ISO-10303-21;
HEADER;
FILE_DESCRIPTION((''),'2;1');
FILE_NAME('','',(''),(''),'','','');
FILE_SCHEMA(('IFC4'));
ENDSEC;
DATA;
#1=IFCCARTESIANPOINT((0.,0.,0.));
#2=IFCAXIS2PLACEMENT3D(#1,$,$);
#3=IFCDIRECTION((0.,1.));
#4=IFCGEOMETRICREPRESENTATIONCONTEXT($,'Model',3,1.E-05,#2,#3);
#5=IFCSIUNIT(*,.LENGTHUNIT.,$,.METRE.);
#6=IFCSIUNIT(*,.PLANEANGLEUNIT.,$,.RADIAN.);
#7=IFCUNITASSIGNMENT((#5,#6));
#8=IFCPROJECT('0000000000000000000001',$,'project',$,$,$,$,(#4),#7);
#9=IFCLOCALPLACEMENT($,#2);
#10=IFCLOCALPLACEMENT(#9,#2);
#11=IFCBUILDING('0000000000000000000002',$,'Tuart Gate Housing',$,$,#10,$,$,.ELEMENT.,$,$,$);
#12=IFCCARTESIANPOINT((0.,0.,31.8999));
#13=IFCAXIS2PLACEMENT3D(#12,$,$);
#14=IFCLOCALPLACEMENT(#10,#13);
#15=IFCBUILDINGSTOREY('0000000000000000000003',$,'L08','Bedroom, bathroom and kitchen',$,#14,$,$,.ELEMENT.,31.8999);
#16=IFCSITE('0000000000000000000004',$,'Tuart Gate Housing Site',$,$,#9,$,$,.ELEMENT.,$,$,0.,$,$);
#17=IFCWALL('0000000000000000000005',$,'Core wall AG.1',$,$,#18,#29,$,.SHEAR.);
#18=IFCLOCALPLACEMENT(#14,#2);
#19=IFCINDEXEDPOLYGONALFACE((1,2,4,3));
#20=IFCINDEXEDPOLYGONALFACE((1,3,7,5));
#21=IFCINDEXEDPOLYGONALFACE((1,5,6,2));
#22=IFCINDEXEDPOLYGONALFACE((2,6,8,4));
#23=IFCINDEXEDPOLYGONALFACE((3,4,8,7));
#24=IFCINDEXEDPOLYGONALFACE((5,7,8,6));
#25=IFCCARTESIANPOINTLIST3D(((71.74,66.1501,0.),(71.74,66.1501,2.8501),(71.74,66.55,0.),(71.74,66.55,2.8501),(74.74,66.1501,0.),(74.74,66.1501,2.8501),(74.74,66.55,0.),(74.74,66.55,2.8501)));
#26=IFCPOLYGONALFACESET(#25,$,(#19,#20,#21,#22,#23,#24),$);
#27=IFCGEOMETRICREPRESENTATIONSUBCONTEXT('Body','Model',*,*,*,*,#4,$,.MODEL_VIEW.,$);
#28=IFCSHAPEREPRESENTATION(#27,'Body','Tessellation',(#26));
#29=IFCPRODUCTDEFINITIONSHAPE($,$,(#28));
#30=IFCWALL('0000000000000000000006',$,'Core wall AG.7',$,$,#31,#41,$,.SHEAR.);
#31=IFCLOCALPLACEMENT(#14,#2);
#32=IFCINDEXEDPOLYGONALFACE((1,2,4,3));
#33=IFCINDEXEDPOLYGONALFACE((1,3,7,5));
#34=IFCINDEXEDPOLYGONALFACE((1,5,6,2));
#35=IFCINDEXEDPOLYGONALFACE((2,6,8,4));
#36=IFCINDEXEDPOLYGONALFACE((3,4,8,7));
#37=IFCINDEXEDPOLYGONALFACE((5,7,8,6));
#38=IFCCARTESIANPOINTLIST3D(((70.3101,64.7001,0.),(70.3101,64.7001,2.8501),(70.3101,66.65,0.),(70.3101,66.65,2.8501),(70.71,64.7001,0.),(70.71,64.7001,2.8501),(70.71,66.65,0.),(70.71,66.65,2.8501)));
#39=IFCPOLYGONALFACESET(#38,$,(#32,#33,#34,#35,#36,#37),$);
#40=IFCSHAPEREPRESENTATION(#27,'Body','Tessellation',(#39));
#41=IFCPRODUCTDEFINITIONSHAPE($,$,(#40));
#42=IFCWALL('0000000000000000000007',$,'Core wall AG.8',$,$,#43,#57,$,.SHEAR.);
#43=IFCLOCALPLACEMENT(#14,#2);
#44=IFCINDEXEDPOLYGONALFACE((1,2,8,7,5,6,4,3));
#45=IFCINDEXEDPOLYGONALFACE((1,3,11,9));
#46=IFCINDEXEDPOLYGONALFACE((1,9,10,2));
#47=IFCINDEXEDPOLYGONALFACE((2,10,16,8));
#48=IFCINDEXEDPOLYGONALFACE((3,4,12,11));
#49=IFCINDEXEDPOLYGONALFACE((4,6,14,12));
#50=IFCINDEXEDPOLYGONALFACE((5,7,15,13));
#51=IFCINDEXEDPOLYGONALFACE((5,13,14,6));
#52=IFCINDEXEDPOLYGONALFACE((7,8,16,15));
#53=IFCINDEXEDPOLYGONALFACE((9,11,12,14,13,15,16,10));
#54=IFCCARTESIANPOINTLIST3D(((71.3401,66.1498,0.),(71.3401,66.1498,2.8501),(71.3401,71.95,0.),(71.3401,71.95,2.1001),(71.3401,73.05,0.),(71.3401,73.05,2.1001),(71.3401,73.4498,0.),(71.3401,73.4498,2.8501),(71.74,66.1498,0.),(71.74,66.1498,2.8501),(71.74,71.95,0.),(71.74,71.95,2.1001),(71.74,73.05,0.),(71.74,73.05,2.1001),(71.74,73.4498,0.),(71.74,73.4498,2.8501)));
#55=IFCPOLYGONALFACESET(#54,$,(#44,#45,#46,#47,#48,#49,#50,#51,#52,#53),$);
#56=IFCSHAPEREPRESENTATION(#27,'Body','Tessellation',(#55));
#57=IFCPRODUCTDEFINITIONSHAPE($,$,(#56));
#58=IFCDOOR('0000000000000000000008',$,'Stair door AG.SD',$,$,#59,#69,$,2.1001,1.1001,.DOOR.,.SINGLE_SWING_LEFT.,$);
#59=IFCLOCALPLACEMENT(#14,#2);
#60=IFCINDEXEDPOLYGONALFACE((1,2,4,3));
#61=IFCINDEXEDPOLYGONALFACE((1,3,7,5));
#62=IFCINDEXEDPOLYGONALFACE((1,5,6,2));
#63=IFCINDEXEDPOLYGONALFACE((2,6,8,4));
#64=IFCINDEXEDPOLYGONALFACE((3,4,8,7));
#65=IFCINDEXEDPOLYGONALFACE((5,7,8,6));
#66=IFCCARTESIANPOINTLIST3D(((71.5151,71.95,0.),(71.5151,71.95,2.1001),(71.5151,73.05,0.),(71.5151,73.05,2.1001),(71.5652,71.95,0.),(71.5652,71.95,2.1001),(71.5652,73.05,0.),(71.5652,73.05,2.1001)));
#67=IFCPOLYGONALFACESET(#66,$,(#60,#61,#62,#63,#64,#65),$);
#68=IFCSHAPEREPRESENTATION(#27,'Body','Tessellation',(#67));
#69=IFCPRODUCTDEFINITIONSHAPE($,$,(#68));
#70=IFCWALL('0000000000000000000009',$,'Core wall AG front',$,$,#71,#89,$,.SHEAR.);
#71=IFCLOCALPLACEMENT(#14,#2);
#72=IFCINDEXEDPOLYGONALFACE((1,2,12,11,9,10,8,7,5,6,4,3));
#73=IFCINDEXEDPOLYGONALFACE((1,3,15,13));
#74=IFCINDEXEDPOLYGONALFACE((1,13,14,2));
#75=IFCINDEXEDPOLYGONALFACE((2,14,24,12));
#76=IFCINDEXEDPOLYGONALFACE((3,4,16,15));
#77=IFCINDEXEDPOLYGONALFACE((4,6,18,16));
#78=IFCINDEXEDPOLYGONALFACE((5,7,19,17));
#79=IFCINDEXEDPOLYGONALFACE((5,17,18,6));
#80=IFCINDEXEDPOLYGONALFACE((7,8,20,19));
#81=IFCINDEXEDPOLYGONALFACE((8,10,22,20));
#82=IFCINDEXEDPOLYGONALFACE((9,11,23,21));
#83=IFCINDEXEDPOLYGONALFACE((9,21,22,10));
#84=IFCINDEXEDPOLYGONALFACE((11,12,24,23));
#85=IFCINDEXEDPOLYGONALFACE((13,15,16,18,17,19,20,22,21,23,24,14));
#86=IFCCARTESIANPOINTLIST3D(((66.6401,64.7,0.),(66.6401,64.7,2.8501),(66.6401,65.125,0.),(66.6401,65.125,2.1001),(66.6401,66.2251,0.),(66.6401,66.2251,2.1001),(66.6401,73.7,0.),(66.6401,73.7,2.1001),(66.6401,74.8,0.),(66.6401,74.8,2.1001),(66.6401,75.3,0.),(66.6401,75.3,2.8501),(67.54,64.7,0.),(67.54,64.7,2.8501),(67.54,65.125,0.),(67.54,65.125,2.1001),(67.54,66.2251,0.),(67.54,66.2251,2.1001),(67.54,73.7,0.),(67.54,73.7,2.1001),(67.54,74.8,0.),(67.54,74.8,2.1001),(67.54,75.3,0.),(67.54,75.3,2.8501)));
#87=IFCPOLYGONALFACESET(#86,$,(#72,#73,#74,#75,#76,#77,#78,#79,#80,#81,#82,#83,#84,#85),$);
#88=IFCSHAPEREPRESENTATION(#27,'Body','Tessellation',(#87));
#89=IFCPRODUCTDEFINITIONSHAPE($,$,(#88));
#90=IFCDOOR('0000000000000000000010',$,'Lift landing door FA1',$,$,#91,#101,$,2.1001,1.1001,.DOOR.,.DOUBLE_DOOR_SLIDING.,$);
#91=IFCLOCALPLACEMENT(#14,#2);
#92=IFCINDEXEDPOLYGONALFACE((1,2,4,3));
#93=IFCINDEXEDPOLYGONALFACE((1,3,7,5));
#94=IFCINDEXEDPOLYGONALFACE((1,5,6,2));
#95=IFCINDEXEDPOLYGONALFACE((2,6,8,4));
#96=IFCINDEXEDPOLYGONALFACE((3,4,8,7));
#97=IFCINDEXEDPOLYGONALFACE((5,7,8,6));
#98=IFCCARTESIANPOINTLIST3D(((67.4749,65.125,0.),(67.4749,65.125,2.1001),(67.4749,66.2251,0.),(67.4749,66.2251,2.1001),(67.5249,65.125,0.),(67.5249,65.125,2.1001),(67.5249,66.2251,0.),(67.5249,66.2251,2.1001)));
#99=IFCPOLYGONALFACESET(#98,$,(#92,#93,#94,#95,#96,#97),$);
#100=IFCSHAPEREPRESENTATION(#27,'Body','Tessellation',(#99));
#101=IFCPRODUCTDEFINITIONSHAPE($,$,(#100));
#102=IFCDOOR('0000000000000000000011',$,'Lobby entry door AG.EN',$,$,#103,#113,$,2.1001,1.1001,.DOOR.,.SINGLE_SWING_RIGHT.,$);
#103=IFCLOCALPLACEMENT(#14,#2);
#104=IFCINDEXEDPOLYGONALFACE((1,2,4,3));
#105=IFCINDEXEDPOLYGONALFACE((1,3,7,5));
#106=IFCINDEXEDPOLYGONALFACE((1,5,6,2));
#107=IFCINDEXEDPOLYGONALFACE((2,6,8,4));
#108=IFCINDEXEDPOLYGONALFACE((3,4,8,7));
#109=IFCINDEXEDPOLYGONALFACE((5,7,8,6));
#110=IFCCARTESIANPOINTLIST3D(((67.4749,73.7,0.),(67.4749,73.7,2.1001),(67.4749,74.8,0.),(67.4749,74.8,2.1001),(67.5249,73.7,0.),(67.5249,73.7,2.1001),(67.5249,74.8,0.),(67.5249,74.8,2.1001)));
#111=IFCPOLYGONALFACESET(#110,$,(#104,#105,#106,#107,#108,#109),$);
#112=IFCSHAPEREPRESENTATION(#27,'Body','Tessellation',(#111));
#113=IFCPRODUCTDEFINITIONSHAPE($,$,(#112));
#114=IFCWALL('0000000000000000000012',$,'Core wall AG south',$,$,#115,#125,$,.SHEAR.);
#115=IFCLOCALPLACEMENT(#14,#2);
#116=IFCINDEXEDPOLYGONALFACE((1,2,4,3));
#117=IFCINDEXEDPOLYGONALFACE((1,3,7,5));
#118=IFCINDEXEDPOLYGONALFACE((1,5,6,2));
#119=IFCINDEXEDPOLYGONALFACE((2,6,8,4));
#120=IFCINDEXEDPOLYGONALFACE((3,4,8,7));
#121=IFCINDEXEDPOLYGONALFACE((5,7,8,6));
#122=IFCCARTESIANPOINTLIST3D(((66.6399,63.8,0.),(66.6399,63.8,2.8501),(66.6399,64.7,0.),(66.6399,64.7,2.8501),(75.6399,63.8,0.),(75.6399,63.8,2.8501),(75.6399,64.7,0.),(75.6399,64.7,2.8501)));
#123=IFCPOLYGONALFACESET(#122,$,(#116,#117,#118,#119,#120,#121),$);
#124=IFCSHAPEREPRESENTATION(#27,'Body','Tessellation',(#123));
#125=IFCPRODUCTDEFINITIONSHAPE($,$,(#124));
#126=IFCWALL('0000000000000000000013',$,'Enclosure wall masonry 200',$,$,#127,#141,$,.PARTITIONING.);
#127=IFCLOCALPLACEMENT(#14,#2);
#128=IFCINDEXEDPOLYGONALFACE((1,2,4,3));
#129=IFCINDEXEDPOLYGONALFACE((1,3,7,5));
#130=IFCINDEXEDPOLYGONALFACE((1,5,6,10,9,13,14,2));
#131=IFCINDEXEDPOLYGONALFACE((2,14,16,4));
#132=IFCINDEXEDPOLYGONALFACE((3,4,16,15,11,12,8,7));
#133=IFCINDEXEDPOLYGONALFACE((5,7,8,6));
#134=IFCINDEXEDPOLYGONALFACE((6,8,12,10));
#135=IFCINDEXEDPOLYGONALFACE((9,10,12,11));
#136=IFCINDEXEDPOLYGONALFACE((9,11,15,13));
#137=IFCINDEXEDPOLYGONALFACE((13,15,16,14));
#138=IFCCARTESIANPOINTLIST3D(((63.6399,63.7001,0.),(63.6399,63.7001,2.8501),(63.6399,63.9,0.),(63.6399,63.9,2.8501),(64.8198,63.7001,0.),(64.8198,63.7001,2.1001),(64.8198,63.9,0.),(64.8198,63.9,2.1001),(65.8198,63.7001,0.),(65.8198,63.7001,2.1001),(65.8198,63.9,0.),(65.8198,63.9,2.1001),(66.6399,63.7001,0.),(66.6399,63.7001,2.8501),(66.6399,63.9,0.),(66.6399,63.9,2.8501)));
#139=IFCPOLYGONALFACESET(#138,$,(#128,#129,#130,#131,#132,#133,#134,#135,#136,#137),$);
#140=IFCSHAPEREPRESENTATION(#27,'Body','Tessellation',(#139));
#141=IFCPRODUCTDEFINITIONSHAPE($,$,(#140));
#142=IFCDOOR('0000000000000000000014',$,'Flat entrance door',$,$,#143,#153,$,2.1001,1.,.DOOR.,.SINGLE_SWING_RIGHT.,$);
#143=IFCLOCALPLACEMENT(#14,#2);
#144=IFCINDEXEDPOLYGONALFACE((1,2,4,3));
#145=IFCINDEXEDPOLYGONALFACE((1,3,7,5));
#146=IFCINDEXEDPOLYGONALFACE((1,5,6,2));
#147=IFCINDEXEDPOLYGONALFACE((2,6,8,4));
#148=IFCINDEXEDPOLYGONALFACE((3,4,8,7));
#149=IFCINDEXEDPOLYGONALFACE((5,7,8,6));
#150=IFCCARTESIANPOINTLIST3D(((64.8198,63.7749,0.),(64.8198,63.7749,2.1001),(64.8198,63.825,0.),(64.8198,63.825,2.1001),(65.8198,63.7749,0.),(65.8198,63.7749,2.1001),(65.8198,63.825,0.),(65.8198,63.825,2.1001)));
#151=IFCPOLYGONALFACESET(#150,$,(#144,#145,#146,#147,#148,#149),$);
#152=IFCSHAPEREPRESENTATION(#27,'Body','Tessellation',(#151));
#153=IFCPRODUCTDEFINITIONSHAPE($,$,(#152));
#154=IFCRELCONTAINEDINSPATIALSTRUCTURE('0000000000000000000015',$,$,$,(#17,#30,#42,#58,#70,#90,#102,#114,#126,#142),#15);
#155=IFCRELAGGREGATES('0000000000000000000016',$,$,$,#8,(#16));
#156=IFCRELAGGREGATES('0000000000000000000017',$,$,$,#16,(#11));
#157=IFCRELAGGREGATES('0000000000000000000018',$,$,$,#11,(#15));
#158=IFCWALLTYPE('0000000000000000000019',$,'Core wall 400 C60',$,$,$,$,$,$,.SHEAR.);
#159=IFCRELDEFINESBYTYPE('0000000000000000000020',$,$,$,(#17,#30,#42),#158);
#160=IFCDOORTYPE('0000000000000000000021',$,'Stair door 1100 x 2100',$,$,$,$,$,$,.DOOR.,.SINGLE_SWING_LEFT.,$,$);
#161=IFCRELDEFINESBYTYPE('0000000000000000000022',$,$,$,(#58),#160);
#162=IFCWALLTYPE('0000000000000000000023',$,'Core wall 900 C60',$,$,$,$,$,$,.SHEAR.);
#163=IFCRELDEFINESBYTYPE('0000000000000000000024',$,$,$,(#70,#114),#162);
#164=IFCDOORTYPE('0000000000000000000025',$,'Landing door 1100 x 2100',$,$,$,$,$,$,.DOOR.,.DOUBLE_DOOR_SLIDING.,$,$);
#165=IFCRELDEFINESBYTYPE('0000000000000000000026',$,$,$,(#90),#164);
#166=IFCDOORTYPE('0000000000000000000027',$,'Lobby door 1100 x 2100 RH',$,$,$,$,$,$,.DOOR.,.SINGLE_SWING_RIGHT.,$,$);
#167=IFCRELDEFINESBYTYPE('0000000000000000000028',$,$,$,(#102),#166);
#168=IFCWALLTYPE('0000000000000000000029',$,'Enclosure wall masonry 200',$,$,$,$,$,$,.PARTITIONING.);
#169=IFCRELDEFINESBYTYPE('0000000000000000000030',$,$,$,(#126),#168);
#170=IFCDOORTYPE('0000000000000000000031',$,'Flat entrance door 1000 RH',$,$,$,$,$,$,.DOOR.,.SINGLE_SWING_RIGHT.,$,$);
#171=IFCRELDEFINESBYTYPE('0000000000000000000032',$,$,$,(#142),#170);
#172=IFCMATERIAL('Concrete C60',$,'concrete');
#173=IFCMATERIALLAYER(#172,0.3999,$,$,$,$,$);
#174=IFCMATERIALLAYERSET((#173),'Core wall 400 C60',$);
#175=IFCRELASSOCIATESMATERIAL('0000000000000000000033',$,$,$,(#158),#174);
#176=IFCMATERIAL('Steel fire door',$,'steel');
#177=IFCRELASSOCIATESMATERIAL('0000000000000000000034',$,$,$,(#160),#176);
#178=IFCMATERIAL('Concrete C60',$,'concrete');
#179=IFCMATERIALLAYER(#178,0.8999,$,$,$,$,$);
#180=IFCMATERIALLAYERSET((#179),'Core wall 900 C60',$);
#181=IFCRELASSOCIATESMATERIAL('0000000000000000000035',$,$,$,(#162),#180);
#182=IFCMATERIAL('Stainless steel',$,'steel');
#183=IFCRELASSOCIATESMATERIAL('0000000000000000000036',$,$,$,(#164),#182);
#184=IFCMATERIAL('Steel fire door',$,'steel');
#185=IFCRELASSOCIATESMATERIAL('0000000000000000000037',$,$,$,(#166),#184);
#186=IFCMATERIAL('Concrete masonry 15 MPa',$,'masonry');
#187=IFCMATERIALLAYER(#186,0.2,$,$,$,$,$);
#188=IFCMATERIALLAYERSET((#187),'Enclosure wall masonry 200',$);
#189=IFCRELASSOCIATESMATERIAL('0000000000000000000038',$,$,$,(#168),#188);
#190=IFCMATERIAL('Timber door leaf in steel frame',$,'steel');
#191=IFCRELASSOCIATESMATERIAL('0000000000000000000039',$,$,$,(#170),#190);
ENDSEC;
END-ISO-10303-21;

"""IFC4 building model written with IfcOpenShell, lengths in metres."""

from ifc_helpers import new_model, si_unit, direction, frame, frame_2d, origin, place, context, subcontext, project, spatial, rectangle, extrude, material, layer, layer_set, type_object, element, fill, save


model = new_model("IFC4")

# Units and contexts
model_context = context("Model", 3, precision=1e-05, world=origin(), true_north=direction((0.0, 1.0)))
body_context = subcontext(model_context, "Body", "Model", "MODEL_VIEW")
ifc_project = project(units=[si_unit("LENGTHUNIT", "METRE"), si_unit("PLANEANGLEUNIT", "RADIAN")], contexts=[model_context])

# Site, building, storey
site_placement = place(None, origin())
site = spatial("IfcSite", under=ifc_project, at=site_placement, Name="Tuart Gate Housing Site", CompositionType="ELEMENT", RefElevation=0.0)
building_placement = place(site_placement, origin())
building = spatial("IfcBuilding", under=site, at=building_placement, Name="Tuart Gate Housing", CompositionType="ELEMENT")
storey_placement = place(building_placement, frame((0.0, 0.0, 31.8999)))
storey = spatial("IfcBuildingStorey", under=building, at=storey_placement, Name="L08", Description="Bedroom, bathroom and kitchen", CompositionType="ELEMENT", Elevation=31.8999)

# Walls
ifc_material_1 = material(Name="Concrete C60", Category="concrete")
ifc_layer_1 = layer(ifc_material_1, 0.3999)
ifc_layer_set_1 = layer_set([ifc_layer_1], Name="Core wall 400 C60")
wall_type_1 = type_object("IfcWallType", Name="Core wall 400 C60", PredefinedType="SHEAR", material=ifc_layer_set_1)
wall_1_placement = place(storey_placement, frame((71.74, 66.3501, 0.0), z_axis=(0.0, 0.0, 1.0), x_axis=(1.0, 0.0, 0.0)))
element("IfcWall", 1, at=wall_1_placement, inside=storey, type_object=wall_type_1, Name="Core wall AG.1", PredefinedType="SHEAR", context=body_context, shape_type="SweptSolid", body=[
    extrude(rectangle(XDim=3.0, YDim=0.3999, at=frame_2d((1.5, 0.0))), origin(), (0.0, 0.0, 1.0), 2.8501),
])
wall_2_placement = place(storey_placement, frame((70.51, 64.7, 0.0), z_axis=(0.0, 0.0, 1.0), x_axis=(0.0, 1.0, 0.0)))
element("IfcWall", 2, at=wall_2_placement, inside=storey, type_object=wall_type_1, Name="Core wall AG.7", PredefinedType="SHEAR", context=body_context, shape_type="SweptSolid", body=[
    extrude(rectangle(XDim=1.95, YDim=0.3999, at=frame_2d((0.9751, 0.0))), origin(), (0.0, 0.0, 1.0), 2.8501),
])

# Wall, opening, door
wall_3_placement = place(storey_placement, frame((71.54, 66.1499, 0.0), z_axis=(0.0, 0.0, 1.0), x_axis=(0.0, 1.0, 0.0)))
wall_3 = element("IfcWall", 3, at=wall_3_placement, inside=storey, type_object=wall_type_1, Name="Core wall AG.8", PredefinedType="SHEAR", context=body_context, shape_type="SweptSolid", body=[
    extrude(rectangle(XDim=7.3, YDim=0.3999, at=frame_2d((3.6499, 0.0))), origin(), (0.0, 0.0, 1.0), 2.8501),
])
opening_1_placement = place(wall_3_placement, frame((5.8, 0.0, 0.0)))
opening_1 = element("IfcOpeningElement", 4, at=opening_1_placement, cuts=wall_3, PredefinedType="OPENING", context=body_context, shape_type="SweptSolid", body=[
    extrude(rectangle(XDim=1.1001, YDim=2.1001, at=frame_2d((0.55, 1.05))), frame((0.0, 0.21, 0.0), z_axis=(0.0, -1.0, 0.0), x_axis=(1.0, 0.0, 0.0)), (0.0, 0.0, 1.0), 0.4199),
])
ifc_material_2 = material(Name="Steel fire door", Category="steel")
door_type_1 = type_object("IfcDoorType", Name="Stair door 1100 x 2100", OperationType="SINGLE_SWING_LEFT", PredefinedType="DOOR", material=ifc_material_2)
door_1_placement = place(opening_1_placement, frame((1.1001, 0.0, 0.0), z_axis=(0.0, 0.0, 1.0), x_axis=(-1.0, 0.0, 0.0)))
door_1 = element("IfcDoor", 5, at=door_1_placement, inside=storey, type_object=door_type_1, Name="Stair door AG.SD", OperationType="SINGLE_SWING_LEFT", OverallHeight=2.1001, OverallWidth=1.1001, PredefinedType="DOOR", context=body_context, shape_type="SweptSolid", body=[
    extrude(rectangle(XDim=1.1001, YDim=2.1001, at=frame_2d((0.55, 1.05))), frame((0.0, 0.0251, 0.0), z_axis=(0.0, -1.0, 0.0), x_axis=(1.0, 0.0, 0.0)), (0.0, 0.0, 1.0), 0.05),
])
fill(opening_1, door_1)

# Wall, openings, doors
ifc_material_3 = material(Name="Concrete C60", Category="concrete")
ifc_layer_2 = layer(ifc_material_3, 0.8999)
ifc_layer_set_2 = layer_set([ifc_layer_2], Name="Core wall 900 C60")
wall_type_2 = type_object("IfcWallType", Name="Core wall 900 C60", PredefinedType="SHEAR", material=ifc_layer_set_2)
wall_4_placement = place(storey_placement, frame((67.0901, 64.7, 0.0), z_axis=(0.0, 0.0, 1.0), x_axis=(0.0, 1.0, 0.0)))
wall_4 = element("IfcWall", 6, at=wall_4_placement, inside=storey, type_object=wall_type_2, Name="Core wall AG front", PredefinedType="SHEAR", context=body_context, shape_type="SweptSolid", body=[
    extrude(rectangle(XDim=10.6001, YDim=0.8999, at=frame_2d((5.3, 0.0))), origin(), (0.0, 0.0, 1.0), 2.8501),
])
opening_2_placement = place(wall_4_placement, frame((0.425, 0.0, 0.0)))
opening_2 = element("IfcOpeningElement", 7, at=opening_2_placement, cuts=wall_4, PredefinedType="OPENING", context=body_context, shape_type="SweptSolid", body=[
    extrude(rectangle(XDim=1.1001, YDim=2.1001, at=frame_2d((0.55, 1.05))), frame((0.0, 0.46, 0.0), z_axis=(0.0, -1.0, 0.0), x_axis=(1.0, 0.0, 0.0)), (0.0, 0.0, 1.0), 0.9199),
])
opening_3_placement = place(wall_4_placement, frame((9.0, 0.0, 0.0)))
opening_3 = element("IfcOpeningElement", 8, at=opening_3_placement, cuts=wall_4, PredefinedType="OPENING", context=body_context, shape_type="SweptSolid", body=[
    extrude(rectangle(XDim=1.1001, YDim=2.1001, at=frame_2d((0.55, 1.05))), frame((0.0, 0.46, 0.0), z_axis=(0.0, -1.0, 0.0), x_axis=(1.0, 0.0, 0.0)), (0.0, 0.0, 1.0), 0.9199),
])
ifc_material_4 = material(Name="Stainless steel", Category="steel")
door_type_2 = type_object("IfcDoorType", Name="Landing door 1100 x 2100", OperationType="DOUBLE_DOOR_SLIDING", PredefinedType="DOOR", material=ifc_material_4)
door_2_placement = place(opening_2_placement, origin())
door_2 = element("IfcDoor", 9, at=door_2_placement, inside=storey, type_object=door_type_2, Name="Lift landing door FA1", OperationType="DOUBLE_DOOR_SLIDING", OverallHeight=2.1001, OverallWidth=1.1001, PredefinedType="DOOR", context=body_context, shape_type="SweptSolid", body=[
    extrude(rectangle(XDim=1.1001, YDim=2.1001, at=frame_2d((0.55, 1.05))), frame((0.0, -0.3848, 0.0), z_axis=(0.0, -1.0, 0.0), x_axis=(1.0, 0.0, 0.0)), (0.0, 0.0, 1.0), 0.05),
])
fill(opening_2, door_2)
ifc_material_5 = material(Name="Steel fire door", Category="steel")
door_type_3 = type_object("IfcDoorType", Name="Lobby door 1100 x 2100 RH", OperationType="SINGLE_SWING_RIGHT", PredefinedType="DOOR", material=ifc_material_5)
door_3_placement = place(opening_3_placement, frame((1.1001, 0.0, 0.0), z_axis=(0.0, 0.0, 1.0), x_axis=(-1.0, 0.0, 0.0)))
door_3 = element("IfcDoor", 10, at=door_3_placement, inside=storey, type_object=door_type_3, Name="Lobby entry door AG.EN", OperationType="SINGLE_SWING_RIGHT", OverallHeight=2.1001, OverallWidth=1.1001, PredefinedType="DOOR", context=body_context, shape_type="SweptSolid", body=[
    extrude(rectangle(XDim=1.1001, YDim=2.1001, at=frame_2d((0.55, 1.05))), frame((0.0, 0.4348, 0.0), z_axis=(0.0, -1.0, 0.0), x_axis=(1.0, 0.0, 0.0)), (0.0, 0.0, 1.0), 0.05),
])
fill(opening_3, door_3)

# Wall
wall_5_placement = place(storey_placement, frame((66.6399, 64.25, 0.0), z_axis=(0.0, 0.0, 1.0), x_axis=(1.0, 0.0, 0.0)))
element("IfcWall", 11, at=wall_5_placement, inside=storey, type_object=wall_type_2, Name="Core wall AG south", PredefinedType="SHEAR", context=body_context, shape_type="SweptSolid", body=[
    extrude(rectangle(XDim=9.0, YDim=0.8999, at=frame_2d((4.5, 0.0))), origin(), (0.0, 0.0, 1.0), 2.8501),
])

# Wall, opening, door
ifc_material_6 = material(Name="Concrete masonry 15 MPa", Category="masonry")
ifc_layer_3 = layer(ifc_material_6, 0.2)
ifc_layer_set_3 = layer_set([ifc_layer_3], Name="Enclosure wall masonry 200")
wall_type_3 = type_object("IfcWallType", Name="Enclosure wall masonry 200", PredefinedType="PARTITIONING", material=ifc_layer_set_3)
wall_6_placement = place(storey_placement, frame((63.6399, 63.8, 0.0), z_axis=(0.0, 0.0, 1.0), x_axis=(1.0, 0.0, 0.0)))
wall_6 = element("IfcWall", 12, at=wall_6_placement, inside=storey, type_object=wall_type_3, Name="Enclosure wall masonry 200", PredefinedType="PARTITIONING", context=body_context, shape_type="SweptSolid", body=[
    extrude(rectangle(XDim=3.0, YDim=0.2, at=frame_2d((1.5, 0.0))), origin(), (0.0, 0.0, 1.0), 2.8501),
])
opening_4_placement = place(wall_6_placement, frame((1.1799, 0.0, 0.0)))
opening_4 = element("IfcOpeningElement", 13, at=opening_4_placement, cuts=wall_6, PredefinedType="OPENING", context=body_context, shape_type="SweptSolid", body=[
    extrude(rectangle(XDim=1.0, YDim=2.1001, at=frame_2d((0.5, 1.05))), frame((0.0, 0.1099, 0.0), z_axis=(0.0, -1.0, 0.0), x_axis=(1.0, 0.0, 0.0)), (0.0, 0.0, 1.0), 0.22),
])
ifc_material_7 = material(Name="Timber door leaf in steel frame", Category="steel")
door_type_4 = type_object("IfcDoorType", Name="Flat entrance door 1000 RH", OperationType="SINGLE_SWING_RIGHT", PredefinedType="DOOR", material=ifc_material_7)
door_4_placement = place(opening_4_placement, frame((1.0, 0.0, 0.0), z_axis=(0.0, 0.0, 1.0), x_axis=(-1.0, 0.0, 0.0)))
door_4 = element("IfcDoor", 14, at=door_4_placement, inside=storey, type_object=door_type_4, Name="Flat entrance door", OperationType="SINGLE_SWING_RIGHT", OverallHeight=2.1001, OverallWidth=1.0, PredefinedType="DOOR", context=body_context, shape_type="SweptSolid", body=[
    extrude(rectangle(XDim=1.0, YDim=2.1001, at=frame_2d((0.5, 1.05))), frame((0.0, 0.0251, 0.0), z_axis=(0.0, -1.0, 0.0), x_axis=(1.0, 0.0, 0.0)), (0.0, 0.0, 1.0), 0.05),
])
fill(opening_4, door_4)

save(model, "model.ifc")
